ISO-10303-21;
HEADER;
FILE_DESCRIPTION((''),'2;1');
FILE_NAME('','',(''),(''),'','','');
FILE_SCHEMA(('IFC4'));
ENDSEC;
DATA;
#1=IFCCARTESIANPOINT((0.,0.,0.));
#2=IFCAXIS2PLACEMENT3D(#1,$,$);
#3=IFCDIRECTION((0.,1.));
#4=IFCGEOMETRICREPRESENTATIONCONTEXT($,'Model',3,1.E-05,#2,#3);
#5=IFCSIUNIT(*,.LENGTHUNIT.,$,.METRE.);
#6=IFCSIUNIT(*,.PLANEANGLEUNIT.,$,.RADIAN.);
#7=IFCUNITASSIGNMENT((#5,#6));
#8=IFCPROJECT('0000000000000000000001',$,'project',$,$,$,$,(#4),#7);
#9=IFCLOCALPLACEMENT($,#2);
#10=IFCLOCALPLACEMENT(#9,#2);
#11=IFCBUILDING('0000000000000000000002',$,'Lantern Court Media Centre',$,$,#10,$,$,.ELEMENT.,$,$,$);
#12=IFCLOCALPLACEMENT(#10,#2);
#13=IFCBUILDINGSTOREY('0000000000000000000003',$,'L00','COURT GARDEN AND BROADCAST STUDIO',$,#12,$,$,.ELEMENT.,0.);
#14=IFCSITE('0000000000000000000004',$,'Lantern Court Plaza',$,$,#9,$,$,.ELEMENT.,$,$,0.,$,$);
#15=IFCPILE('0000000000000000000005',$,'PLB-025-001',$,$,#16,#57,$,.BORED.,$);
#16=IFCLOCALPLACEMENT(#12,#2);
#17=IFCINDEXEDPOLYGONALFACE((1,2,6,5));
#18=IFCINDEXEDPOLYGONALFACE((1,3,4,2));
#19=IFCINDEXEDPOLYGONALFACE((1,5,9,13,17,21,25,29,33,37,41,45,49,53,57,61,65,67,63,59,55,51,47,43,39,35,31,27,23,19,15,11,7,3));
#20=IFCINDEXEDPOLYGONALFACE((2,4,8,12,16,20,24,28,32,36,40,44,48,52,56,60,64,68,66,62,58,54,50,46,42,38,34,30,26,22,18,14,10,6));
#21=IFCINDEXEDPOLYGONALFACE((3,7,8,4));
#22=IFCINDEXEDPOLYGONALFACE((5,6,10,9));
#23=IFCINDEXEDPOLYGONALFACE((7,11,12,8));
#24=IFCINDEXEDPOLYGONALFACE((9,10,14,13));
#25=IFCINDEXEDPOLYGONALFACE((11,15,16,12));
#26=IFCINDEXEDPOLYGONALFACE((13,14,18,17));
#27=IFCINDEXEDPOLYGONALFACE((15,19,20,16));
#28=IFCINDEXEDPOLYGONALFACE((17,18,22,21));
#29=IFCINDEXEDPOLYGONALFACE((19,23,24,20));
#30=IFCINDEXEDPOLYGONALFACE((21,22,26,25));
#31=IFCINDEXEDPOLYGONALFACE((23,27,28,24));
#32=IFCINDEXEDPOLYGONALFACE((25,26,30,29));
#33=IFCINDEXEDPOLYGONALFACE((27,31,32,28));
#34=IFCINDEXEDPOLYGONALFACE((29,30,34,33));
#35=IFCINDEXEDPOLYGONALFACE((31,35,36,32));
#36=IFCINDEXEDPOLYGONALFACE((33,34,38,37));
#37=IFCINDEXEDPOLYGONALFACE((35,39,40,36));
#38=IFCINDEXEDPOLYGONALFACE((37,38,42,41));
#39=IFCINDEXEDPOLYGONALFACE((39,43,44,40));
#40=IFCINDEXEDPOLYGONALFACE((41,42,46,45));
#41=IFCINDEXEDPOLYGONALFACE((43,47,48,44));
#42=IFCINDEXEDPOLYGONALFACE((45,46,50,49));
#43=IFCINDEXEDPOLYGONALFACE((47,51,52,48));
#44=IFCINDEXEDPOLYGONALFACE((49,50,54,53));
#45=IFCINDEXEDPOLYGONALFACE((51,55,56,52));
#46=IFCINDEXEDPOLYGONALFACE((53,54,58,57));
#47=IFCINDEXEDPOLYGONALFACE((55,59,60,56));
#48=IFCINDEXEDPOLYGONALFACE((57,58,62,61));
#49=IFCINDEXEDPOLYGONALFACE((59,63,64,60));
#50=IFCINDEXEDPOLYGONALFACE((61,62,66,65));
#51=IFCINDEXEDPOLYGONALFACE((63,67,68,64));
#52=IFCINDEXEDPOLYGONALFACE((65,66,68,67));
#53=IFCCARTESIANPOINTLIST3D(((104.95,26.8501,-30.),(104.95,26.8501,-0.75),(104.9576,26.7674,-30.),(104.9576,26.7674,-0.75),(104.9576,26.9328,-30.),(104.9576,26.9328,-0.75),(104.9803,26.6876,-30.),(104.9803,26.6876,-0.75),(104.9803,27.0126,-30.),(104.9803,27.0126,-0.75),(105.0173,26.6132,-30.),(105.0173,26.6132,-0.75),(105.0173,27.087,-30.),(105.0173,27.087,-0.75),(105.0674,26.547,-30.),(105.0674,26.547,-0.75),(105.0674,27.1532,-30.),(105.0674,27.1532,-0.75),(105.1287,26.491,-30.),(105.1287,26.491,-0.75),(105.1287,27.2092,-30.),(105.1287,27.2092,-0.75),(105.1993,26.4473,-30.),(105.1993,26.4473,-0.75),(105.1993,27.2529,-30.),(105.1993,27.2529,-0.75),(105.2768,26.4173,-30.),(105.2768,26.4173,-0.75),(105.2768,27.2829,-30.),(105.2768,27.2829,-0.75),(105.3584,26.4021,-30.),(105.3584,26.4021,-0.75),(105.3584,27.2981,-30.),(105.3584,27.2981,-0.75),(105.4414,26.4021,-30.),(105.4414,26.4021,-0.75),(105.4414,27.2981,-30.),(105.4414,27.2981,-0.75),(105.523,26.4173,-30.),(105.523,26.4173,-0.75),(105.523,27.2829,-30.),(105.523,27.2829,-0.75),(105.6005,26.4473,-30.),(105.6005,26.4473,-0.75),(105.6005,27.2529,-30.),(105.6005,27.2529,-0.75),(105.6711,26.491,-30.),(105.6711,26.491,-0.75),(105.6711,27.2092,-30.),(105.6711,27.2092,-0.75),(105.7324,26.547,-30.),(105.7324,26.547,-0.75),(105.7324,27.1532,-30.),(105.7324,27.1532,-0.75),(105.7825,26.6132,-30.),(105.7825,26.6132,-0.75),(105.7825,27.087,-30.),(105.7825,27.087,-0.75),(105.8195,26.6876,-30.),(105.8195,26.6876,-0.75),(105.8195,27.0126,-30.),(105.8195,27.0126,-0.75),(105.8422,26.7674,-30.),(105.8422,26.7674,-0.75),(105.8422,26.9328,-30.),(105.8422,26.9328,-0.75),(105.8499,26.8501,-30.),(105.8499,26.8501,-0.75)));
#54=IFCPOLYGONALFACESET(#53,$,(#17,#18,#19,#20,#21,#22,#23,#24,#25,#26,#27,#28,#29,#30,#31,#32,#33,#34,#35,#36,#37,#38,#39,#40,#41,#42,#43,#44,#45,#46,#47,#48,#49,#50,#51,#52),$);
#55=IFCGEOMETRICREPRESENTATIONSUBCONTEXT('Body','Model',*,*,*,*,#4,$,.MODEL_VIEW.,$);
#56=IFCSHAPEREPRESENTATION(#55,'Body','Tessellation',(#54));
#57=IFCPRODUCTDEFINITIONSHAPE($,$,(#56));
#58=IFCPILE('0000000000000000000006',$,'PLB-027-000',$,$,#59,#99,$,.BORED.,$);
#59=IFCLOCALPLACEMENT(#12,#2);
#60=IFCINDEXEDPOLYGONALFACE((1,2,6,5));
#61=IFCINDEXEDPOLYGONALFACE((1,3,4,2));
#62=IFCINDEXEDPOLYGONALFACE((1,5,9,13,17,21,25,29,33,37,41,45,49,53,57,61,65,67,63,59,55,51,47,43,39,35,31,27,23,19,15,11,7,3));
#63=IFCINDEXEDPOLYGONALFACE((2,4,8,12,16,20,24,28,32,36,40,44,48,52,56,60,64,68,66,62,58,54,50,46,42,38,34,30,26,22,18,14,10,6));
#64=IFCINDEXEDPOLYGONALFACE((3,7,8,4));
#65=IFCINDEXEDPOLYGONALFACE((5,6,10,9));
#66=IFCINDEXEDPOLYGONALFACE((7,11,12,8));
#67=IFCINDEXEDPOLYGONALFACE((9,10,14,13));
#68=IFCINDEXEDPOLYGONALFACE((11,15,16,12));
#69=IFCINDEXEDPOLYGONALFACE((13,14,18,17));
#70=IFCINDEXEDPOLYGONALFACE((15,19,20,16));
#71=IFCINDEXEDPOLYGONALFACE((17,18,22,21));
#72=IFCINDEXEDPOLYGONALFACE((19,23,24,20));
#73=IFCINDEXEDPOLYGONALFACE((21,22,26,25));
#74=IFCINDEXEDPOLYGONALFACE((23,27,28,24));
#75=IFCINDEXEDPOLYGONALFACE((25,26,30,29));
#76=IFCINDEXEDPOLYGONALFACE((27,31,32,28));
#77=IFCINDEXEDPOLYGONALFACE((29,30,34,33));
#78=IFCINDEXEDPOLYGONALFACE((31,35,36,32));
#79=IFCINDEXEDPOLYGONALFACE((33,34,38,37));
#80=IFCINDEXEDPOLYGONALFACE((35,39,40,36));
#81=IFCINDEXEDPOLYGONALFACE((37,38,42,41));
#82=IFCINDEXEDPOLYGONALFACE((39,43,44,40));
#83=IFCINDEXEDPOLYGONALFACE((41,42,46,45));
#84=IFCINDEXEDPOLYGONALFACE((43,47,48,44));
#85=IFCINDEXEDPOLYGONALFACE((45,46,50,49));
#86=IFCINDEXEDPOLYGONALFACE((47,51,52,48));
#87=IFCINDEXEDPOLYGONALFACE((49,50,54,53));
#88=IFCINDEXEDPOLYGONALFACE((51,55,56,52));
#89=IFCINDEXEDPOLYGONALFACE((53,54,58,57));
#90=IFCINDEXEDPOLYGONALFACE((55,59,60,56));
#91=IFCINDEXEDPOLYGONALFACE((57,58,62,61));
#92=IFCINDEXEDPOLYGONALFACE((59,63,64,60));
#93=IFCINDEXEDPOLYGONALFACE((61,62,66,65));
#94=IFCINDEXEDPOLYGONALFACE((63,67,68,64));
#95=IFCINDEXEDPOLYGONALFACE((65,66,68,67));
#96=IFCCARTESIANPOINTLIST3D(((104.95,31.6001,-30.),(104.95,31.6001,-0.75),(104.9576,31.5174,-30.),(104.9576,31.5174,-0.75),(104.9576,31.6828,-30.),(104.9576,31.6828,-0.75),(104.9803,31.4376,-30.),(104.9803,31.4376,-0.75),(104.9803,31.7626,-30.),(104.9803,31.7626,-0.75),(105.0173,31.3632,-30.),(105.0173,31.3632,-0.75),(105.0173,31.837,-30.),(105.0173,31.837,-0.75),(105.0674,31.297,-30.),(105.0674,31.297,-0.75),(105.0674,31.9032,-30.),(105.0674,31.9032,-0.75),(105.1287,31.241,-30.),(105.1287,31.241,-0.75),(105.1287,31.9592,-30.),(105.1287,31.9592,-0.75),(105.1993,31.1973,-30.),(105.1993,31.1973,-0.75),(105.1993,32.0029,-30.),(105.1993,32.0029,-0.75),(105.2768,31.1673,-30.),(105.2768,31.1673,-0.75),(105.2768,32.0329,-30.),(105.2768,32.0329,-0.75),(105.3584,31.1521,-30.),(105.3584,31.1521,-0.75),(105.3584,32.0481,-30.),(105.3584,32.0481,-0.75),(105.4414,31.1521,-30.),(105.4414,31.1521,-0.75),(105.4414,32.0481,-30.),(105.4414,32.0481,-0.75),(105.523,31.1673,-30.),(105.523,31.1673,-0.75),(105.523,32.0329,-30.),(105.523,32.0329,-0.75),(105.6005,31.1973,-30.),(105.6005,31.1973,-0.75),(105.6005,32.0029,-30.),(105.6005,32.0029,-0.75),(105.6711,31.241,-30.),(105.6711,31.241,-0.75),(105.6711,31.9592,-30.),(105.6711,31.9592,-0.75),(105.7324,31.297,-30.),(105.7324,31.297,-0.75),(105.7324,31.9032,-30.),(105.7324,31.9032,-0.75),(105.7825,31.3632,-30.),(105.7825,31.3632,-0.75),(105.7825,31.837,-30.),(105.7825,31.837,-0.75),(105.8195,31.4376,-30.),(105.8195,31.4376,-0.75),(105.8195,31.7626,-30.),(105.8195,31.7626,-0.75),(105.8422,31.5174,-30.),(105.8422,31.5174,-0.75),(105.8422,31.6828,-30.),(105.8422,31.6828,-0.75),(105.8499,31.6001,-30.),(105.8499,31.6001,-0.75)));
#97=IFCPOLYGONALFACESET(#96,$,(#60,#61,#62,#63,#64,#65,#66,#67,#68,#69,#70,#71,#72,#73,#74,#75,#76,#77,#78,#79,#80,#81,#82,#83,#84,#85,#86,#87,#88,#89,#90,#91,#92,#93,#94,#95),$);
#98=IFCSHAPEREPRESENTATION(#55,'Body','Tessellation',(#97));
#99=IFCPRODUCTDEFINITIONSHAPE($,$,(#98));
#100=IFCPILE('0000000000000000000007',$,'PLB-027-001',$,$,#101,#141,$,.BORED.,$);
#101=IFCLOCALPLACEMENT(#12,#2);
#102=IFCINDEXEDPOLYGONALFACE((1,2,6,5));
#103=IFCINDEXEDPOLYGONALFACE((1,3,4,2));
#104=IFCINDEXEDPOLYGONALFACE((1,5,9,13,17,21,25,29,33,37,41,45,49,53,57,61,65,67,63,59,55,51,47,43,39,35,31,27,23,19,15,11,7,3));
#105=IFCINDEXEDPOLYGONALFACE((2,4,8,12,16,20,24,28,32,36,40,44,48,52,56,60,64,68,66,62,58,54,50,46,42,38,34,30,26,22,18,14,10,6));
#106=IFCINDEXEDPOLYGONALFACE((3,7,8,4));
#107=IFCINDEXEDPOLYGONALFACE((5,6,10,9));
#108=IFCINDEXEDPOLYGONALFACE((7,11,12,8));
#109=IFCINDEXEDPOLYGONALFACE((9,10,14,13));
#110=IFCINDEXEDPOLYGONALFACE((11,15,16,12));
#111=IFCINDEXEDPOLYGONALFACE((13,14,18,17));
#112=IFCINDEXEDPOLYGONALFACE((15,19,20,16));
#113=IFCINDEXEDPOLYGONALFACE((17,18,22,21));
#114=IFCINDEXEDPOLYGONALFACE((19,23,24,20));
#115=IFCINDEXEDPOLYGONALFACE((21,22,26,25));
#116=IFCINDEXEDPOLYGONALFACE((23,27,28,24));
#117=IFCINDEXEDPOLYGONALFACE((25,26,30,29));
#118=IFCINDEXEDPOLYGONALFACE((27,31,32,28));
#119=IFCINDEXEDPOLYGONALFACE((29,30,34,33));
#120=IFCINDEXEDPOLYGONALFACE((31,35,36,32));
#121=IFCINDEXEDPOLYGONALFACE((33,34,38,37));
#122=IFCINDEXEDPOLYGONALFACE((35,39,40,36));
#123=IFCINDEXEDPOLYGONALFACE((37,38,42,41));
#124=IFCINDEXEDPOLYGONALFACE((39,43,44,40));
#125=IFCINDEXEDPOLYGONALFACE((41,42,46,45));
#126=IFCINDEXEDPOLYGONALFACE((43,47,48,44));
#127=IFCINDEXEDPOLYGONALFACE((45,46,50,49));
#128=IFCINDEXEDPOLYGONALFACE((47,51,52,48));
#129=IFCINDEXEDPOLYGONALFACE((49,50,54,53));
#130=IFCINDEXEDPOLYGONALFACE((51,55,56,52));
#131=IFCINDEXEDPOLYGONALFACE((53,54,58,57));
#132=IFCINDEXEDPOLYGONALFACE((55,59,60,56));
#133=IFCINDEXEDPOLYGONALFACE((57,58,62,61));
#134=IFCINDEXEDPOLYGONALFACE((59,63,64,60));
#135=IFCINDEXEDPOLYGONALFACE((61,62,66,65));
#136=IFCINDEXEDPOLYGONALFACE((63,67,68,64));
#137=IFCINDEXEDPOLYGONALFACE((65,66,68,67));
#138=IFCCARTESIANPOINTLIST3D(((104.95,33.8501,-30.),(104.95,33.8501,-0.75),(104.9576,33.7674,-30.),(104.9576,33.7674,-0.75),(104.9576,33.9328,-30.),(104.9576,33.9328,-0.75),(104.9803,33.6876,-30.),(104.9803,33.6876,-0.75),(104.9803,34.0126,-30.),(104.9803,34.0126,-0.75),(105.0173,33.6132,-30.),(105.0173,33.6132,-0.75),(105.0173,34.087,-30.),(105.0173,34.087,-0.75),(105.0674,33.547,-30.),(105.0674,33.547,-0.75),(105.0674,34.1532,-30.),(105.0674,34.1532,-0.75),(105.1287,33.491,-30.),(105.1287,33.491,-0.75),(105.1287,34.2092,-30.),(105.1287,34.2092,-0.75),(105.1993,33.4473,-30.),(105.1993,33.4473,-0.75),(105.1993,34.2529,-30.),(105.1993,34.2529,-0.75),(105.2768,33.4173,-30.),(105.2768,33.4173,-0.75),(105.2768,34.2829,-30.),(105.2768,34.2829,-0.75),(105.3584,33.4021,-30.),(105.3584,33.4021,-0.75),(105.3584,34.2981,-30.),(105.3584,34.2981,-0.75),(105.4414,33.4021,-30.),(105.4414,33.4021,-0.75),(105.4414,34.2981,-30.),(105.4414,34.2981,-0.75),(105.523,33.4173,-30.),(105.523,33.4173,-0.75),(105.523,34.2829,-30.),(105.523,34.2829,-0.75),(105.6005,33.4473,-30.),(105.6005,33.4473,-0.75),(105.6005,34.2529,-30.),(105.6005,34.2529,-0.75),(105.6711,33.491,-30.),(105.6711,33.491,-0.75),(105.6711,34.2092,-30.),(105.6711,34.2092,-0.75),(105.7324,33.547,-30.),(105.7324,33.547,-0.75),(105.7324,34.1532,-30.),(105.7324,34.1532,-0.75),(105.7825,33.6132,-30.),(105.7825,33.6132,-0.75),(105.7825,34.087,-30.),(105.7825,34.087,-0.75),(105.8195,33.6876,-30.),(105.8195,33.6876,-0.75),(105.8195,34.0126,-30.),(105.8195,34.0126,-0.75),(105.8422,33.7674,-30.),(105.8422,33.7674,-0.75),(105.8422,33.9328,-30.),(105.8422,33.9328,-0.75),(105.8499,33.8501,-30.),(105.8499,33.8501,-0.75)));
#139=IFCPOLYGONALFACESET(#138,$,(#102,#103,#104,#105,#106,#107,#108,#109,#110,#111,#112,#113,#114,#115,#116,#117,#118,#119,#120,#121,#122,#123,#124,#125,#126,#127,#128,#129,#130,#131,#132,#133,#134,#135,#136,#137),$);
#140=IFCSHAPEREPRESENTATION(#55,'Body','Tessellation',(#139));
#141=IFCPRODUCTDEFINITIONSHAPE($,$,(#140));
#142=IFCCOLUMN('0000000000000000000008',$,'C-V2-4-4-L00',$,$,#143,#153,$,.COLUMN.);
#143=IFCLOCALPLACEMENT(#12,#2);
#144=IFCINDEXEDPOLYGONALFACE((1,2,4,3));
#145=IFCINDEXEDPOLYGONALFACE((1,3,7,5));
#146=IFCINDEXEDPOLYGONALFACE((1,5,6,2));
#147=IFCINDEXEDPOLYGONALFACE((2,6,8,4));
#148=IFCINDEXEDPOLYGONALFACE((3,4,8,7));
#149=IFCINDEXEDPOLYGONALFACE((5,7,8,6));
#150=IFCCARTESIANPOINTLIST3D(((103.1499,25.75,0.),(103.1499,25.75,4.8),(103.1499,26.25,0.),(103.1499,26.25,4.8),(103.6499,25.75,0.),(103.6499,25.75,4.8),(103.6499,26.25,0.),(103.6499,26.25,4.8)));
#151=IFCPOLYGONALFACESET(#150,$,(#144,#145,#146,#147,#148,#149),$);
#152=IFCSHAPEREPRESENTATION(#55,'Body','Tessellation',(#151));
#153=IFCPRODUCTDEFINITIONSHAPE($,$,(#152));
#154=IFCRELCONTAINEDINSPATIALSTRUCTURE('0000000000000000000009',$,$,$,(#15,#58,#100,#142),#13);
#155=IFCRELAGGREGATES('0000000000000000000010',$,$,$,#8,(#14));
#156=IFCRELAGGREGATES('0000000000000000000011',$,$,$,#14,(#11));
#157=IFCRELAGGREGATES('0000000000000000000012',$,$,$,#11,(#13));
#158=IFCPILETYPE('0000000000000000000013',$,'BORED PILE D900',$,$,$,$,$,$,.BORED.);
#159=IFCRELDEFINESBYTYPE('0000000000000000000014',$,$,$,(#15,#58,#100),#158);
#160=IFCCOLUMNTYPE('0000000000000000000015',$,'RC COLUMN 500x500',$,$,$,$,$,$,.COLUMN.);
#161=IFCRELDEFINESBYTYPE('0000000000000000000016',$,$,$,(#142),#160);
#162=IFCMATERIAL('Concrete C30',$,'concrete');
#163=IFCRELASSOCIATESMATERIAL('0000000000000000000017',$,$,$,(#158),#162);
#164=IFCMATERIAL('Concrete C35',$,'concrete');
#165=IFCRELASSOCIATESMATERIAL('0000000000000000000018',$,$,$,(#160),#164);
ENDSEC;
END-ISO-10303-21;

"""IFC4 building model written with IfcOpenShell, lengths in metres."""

from ifc_helpers import new_model, si_unit, direction, frame, origin, origin_2d, place, context, subcontext, project, spatial, rectangle, circle, extrude, material, material_profile, profile_set, type_object, element, save


model = new_model("IFC4")

# Units and contexts
model_context = context("Model", 3, precision=1e-05, world=origin(), true_north=direction((0.0, 1.0)))
body_context = subcontext(model_context, "Body", "Model", "MODEL_VIEW")
ifc_project = project(units=[si_unit("LENGTHUNIT", "METRE"), si_unit("PLANEANGLEUNIT", "RADIAN")], contexts=[model_context])

# Site, building, storey
site_placement = place(None, origin())
site = spatial("IfcSite", under=ifc_project, at=site_placement, Name="Lantern Court Plaza", CompositionType="ELEMENT", RefElevation=0.0)
building_placement = place(site_placement, origin())
building = spatial("IfcBuilding", under=site, at=building_placement, Name="Lantern Court Media Centre", CompositionType="ELEMENT")
storey_placement = place(building_placement, origin())
storey = spatial("IfcBuildingStorey", under=building, at=storey_placement, Name="L00", Description="COURT GARDEN AND BROADCAST STUDIO", CompositionType="ELEMENT", Elevation=0.0)

# Piles
ifc_material_1 = material(Name="Concrete C30", Category="concrete")
ifc_material_profile_1 = material_profile(ifc_material_1, circle(Radius=0.45, at=origin_2d()), Name="D900")
ifc_profile_set_1 = profile_set([ifc_material_profile_1], Name="Concrete C30")
pile_type = type_object("IfcPileType", Name="BORED PILE D900", PredefinedType="BORED", material=ifc_profile_set_1)
for number, where, z_axis, x_axis, name in (
    (1, (105.3999, 26.8501, -0.75), (0.0, 0.0, -1.0), (1.0, 0.0, 0.0), "PLB-025-001"),
    (2, (105.3999, 31.6001, -0.75), (0.0, 0.0, -1.0), (1.0, 0.0, 0.0), "PLB-027-000"),
    (3, (105.3999, 33.8501, -0.75), (0.0, 0.0, -1.0), (1.0, 0.0, 0.0), "PLB-027-001"),
):
    element("IfcPile", number, at=place(storey_placement, frame(where, z_axis=z_axis, x_axis=x_axis)), inside=storey, type_object=pile_type, Name=name, PredefinedType="BORED", context=body_context, shape_type="SweptSolid", body=[
        extrude(circle(Radius=0.45, at=origin_2d()), origin(), (0.0, 0.0, 1.0), 29.25),
    ])

# Column
ifc_material_2 = material(Name="Concrete C35", Category="concrete")
ifc_material_profile_2 = material_profile(ifc_material_2, rectangle(XDim=0.5, YDim=0.5, at=origin_2d()), Name="RC 500x500")
ifc_profile_set_2 = profile_set([ifc_material_profile_2], Name="Concrete C35")
column_type_1 = type_object("IfcColumnType", Name="RC COLUMN 500x500", PredefinedType="COLUMN", material=ifc_profile_set_2)
column_placement = place(storey_placement, frame((103.3999, 26.0, 0.0), z_axis=(0.0, 0.0, 1.0), x_axis=(1.0, 0.0, 0.0)))
element("IfcColumn", 4, at=column_placement, inside=storey, type_object=column_type_1, Name="C-V2-4-4-L00", PredefinedType="COLUMN", context=body_context, shape_type="SweptSolid", body=[
    extrude(rectangle(XDim=0.5, YDim=0.5, at=origin_2d()), origin(), (0.0, 0.0, 1.0), 4.8),
])

save(model, "model.ifc")
